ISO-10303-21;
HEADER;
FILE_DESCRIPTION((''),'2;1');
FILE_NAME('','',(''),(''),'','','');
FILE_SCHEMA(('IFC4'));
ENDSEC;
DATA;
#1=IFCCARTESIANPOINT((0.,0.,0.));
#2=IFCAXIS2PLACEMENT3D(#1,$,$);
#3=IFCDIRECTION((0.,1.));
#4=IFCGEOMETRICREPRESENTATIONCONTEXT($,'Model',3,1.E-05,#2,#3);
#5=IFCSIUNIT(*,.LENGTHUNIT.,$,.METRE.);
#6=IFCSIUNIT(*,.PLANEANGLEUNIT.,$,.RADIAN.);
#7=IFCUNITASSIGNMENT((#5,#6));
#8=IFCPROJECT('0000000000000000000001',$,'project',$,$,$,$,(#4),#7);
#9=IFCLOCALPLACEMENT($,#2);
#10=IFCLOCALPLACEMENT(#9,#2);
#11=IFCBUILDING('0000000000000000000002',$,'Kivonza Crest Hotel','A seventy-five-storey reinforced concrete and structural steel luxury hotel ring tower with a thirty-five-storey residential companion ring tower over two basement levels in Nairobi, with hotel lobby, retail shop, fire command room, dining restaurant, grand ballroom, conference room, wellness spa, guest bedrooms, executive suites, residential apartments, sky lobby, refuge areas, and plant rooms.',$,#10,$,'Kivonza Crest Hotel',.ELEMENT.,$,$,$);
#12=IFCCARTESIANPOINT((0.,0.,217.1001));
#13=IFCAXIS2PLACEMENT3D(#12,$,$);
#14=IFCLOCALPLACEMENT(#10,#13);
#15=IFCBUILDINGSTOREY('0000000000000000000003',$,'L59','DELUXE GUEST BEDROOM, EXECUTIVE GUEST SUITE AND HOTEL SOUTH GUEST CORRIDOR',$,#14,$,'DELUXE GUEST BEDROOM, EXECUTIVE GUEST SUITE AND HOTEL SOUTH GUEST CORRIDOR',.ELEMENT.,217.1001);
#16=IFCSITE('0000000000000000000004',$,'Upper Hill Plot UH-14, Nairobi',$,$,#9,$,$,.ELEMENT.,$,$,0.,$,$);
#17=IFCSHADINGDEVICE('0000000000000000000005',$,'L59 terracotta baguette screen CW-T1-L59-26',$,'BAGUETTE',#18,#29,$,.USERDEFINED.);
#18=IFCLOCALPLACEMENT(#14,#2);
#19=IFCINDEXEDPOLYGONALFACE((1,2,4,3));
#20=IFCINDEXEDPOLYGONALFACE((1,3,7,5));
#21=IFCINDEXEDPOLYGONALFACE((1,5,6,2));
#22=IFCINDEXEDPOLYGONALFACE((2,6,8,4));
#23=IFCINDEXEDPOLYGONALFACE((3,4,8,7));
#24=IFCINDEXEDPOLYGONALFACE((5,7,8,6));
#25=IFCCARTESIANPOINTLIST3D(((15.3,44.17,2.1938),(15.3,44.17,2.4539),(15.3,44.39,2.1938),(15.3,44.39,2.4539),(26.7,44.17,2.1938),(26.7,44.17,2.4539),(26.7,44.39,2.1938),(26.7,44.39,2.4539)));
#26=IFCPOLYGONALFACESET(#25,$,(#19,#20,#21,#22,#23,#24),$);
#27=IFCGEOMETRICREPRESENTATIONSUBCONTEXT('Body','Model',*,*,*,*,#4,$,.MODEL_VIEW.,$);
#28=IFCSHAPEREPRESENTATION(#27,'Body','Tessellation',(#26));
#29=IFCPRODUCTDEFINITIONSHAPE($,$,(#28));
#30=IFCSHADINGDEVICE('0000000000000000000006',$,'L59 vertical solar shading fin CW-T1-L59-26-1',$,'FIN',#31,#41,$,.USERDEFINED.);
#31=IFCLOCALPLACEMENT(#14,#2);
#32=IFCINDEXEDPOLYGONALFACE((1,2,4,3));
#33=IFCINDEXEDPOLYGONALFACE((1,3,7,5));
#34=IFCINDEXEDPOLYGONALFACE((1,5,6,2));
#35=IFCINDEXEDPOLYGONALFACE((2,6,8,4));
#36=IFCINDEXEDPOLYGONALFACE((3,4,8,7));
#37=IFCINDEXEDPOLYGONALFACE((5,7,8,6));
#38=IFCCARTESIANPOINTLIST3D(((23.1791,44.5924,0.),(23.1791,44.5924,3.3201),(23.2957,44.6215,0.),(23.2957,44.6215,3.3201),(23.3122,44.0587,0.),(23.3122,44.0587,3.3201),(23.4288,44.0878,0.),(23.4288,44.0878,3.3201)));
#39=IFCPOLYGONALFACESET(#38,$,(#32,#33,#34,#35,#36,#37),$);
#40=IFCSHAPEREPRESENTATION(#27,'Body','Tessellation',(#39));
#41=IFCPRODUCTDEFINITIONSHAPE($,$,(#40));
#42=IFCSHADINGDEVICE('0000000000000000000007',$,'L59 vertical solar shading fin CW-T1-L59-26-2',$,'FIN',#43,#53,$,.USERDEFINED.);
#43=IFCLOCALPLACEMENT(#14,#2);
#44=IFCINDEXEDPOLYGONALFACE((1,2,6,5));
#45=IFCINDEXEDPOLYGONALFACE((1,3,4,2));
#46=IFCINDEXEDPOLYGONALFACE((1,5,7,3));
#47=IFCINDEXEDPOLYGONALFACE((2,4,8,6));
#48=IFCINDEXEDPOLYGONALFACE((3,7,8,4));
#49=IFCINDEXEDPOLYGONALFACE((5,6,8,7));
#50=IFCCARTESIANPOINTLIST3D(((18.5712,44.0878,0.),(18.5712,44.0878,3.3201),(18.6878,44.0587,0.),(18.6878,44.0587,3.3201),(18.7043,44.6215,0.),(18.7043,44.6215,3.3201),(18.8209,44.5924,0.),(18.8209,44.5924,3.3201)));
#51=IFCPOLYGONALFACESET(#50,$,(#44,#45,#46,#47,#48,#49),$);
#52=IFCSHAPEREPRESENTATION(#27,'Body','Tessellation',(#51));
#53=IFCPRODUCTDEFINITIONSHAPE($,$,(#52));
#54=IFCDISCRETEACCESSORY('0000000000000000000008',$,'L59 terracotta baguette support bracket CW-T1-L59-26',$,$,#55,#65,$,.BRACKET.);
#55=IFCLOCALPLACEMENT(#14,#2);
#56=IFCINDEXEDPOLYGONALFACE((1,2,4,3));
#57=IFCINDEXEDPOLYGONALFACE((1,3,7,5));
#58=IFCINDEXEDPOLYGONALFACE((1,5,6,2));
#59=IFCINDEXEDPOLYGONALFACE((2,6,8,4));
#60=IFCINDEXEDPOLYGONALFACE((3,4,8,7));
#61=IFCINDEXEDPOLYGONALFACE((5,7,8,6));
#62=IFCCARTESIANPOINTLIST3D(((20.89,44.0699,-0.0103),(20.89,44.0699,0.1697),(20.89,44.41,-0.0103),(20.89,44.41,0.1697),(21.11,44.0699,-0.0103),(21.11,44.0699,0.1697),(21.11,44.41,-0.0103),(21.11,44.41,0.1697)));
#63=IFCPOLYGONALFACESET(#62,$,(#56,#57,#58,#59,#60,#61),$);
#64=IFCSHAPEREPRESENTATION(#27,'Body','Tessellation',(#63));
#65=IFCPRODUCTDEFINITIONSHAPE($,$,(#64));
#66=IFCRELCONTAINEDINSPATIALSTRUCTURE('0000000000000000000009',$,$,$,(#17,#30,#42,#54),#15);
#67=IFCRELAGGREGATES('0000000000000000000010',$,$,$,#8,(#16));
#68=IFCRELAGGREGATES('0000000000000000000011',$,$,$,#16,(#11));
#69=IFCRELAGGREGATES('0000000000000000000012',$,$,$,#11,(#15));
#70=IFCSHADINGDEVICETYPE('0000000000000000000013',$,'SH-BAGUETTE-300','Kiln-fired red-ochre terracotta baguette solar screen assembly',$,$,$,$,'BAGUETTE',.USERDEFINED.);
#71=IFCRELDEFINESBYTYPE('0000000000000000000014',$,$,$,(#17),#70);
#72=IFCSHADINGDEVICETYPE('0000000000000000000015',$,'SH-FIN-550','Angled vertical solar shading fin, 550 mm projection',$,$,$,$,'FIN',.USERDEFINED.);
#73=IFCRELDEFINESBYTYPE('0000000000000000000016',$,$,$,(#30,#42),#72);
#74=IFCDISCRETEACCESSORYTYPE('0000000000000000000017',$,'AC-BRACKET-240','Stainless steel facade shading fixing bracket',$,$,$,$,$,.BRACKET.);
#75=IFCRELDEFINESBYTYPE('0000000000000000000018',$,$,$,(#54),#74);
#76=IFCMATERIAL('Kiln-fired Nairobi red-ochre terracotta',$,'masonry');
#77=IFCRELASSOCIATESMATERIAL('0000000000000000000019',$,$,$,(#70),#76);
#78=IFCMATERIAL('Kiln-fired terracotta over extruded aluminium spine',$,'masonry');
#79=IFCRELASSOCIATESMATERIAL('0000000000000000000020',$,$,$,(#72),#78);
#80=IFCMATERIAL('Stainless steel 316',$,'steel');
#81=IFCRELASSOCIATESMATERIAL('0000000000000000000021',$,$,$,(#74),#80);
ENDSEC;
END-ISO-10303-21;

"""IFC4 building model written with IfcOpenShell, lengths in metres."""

from ifc_helpers import new_model, si_unit, direction, frame, origin, origin_2d, place, context, subcontext, project, spatial, rectangle, extrude, material, type_object, element, save


model = new_model("IFC4")

# Units and contexts
model_context = context("Model", 3, precision=1e-05, world=origin(), true_north=direction((0.0, 1.0)))
body_context = subcontext(model_context, "Body", "Model", "MODEL_VIEW")
ifc_project = project(units=[si_unit("LENGTHUNIT", "METRE"), si_unit("PLANEANGLEUNIT", "RADIAN")], contexts=[model_context])

# Site, building, storey
site_placement = place(None, origin())
site = spatial("IfcSite", under=ifc_project, at=site_placement, Name="Upper Hill Plot UH-14, Nairobi", CompositionType="ELEMENT", RefElevation=0.0)
building_placement = place(site_placement, origin())
building = spatial("IfcBuilding", under=site, at=building_placement, Name="Kivonza Crest Hotel", Description="A seventy-five-storey reinforced concrete and structural steel luxury hotel ring tower with a thirty-five-storey residential companion ring tower over two basement levels in Nairobi, with hotel lobby, retail shop, fire command room, dining restaurant, grand ballroom, conference room, wellness spa, guest bedrooms, executive suites, residential apartments, sky lobby, refuge areas, and plant rooms.", LongName="Kivonza Crest Hotel", CompositionType="ELEMENT")
storey_placement = place(building_placement, frame((0.0, 0.0, 217.1001)))
storey = spatial("IfcBuildingStorey", under=building, at=storey_placement, Name="L59", Description="DELUXE GUEST BEDROOM, EXECUTIVE GUEST SUITE AND HOTEL SOUTH GUEST CORRIDOR", LongName="DELUXE GUEST BEDROOM, EXECUTIVE GUEST SUITE AND HOTEL SOUTH GUEST CORRIDOR", CompositionType="ELEMENT", Elevation=217.1001)

# Shading devices
ifc_material_1 = material(Name="Kiln-fired Nairobi red-ochre terracotta", Category="masonry")
shading_device_type_1 = type_object("IfcShadingDeviceType", Name="SH-BAGUETTE-300", Description="Kiln-fired red-ochre terracotta baguette solar screen assembly", ElementType="BAGUETTE", PredefinedType="USERDEFINED", material=ifc_material_1)
shading_device_placement = place(storey_placement, frame((21.0, 44.28, 2.1938), z_axis=(0.0, 0.0, 1.0), x_axis=(-1.0, 0.0, 0.0)))
element("IfcShadingDevice", 1, at=shading_device_placement, inside=storey, type_object=shading_device_type_1, Name="L59 terracotta baguette screen CW-T1-L59-26", ObjectType="BAGUETTE", PredefinedType="USERDEFINED", context=body_context, shape_type="SweptSolid", body=[
    extrude(rectangle(XDim=11.3999, YDim=0.22, at=origin_2d()), origin(), (0.0, 0.0, 1.0), 0.26),
])
ifc_material_2 = material(Name="Kiln-fired terracotta over extruded aluminium spine", Category="masonry")
shading_device_type_2 = type_object("IfcShadingDeviceType", Name="SH-FIN-550", Description="Angled vertical solar shading fin, 550 mm projection", ElementType="FIN", PredefinedType="USERDEFINED", material=ifc_material_2)
for number, where, z_axis, x_axis, name in (
    (2, (23.304, 44.3401, 0.0), (0.0, 0.0, 1.0), (-0.970296, -0.241922, 0.0), "L59 vertical solar shading fin CW-T1-L59-26-1"),
    (3, (18.696, 44.3401, 0.0), (0.0, 0.0, 1.0), (-0.970296, 0.241922, 0.0), "L59 vertical solar shading fin CW-T1-L59-26-2"),
):
    element("IfcShadingDevice", number, at=place(storey_placement, frame(where, z_axis=z_axis, x_axis=x_axis)), inside=storey, type_object=shading_device_type_2, Name=name, ObjectType="FIN", PredefinedType="USERDEFINED", context=body_context, shape_type="SweptSolid", body=[
        extrude(rectangle(XDim=0.1201, YDim=0.55, at=origin_2d()), origin(), (0.0, 0.0, 1.0), 3.3201),
    ])

# Discrete accessory
ifc_material_3 = material(Name="Stainless steel 316", Category="steel")
discrete_accessory_type = type_object("IfcDiscreteAccessoryType", Name="AC-BRACKET-240", Description="Stainless steel facade shading fixing bracket", PredefinedType="BRACKET", material=ifc_material_3)
discrete_accessory_placement = place(storey_placement, frame((21.0, 44.24, -0.0103), z_axis=(0.0, 0.0, 1.0), x_axis=(-1.0, 0.0, 0.0)))
element("IfcDiscreteAccessory", 4, at=discrete_accessory_placement, inside=storey, type_object=discrete_accessory_type, Name="L59 terracotta baguette support bracket CW-T1-L59-26", PredefinedType="BRACKET", context=body_context, shape_type="SweptSolid", body=[
    extrude(rectangle(XDim=0.22, YDim=0.3401, at=origin_2d()), origin(), (0.0, 0.0, 1.0), 0.1799),
])

save(model, "model.ifc")
